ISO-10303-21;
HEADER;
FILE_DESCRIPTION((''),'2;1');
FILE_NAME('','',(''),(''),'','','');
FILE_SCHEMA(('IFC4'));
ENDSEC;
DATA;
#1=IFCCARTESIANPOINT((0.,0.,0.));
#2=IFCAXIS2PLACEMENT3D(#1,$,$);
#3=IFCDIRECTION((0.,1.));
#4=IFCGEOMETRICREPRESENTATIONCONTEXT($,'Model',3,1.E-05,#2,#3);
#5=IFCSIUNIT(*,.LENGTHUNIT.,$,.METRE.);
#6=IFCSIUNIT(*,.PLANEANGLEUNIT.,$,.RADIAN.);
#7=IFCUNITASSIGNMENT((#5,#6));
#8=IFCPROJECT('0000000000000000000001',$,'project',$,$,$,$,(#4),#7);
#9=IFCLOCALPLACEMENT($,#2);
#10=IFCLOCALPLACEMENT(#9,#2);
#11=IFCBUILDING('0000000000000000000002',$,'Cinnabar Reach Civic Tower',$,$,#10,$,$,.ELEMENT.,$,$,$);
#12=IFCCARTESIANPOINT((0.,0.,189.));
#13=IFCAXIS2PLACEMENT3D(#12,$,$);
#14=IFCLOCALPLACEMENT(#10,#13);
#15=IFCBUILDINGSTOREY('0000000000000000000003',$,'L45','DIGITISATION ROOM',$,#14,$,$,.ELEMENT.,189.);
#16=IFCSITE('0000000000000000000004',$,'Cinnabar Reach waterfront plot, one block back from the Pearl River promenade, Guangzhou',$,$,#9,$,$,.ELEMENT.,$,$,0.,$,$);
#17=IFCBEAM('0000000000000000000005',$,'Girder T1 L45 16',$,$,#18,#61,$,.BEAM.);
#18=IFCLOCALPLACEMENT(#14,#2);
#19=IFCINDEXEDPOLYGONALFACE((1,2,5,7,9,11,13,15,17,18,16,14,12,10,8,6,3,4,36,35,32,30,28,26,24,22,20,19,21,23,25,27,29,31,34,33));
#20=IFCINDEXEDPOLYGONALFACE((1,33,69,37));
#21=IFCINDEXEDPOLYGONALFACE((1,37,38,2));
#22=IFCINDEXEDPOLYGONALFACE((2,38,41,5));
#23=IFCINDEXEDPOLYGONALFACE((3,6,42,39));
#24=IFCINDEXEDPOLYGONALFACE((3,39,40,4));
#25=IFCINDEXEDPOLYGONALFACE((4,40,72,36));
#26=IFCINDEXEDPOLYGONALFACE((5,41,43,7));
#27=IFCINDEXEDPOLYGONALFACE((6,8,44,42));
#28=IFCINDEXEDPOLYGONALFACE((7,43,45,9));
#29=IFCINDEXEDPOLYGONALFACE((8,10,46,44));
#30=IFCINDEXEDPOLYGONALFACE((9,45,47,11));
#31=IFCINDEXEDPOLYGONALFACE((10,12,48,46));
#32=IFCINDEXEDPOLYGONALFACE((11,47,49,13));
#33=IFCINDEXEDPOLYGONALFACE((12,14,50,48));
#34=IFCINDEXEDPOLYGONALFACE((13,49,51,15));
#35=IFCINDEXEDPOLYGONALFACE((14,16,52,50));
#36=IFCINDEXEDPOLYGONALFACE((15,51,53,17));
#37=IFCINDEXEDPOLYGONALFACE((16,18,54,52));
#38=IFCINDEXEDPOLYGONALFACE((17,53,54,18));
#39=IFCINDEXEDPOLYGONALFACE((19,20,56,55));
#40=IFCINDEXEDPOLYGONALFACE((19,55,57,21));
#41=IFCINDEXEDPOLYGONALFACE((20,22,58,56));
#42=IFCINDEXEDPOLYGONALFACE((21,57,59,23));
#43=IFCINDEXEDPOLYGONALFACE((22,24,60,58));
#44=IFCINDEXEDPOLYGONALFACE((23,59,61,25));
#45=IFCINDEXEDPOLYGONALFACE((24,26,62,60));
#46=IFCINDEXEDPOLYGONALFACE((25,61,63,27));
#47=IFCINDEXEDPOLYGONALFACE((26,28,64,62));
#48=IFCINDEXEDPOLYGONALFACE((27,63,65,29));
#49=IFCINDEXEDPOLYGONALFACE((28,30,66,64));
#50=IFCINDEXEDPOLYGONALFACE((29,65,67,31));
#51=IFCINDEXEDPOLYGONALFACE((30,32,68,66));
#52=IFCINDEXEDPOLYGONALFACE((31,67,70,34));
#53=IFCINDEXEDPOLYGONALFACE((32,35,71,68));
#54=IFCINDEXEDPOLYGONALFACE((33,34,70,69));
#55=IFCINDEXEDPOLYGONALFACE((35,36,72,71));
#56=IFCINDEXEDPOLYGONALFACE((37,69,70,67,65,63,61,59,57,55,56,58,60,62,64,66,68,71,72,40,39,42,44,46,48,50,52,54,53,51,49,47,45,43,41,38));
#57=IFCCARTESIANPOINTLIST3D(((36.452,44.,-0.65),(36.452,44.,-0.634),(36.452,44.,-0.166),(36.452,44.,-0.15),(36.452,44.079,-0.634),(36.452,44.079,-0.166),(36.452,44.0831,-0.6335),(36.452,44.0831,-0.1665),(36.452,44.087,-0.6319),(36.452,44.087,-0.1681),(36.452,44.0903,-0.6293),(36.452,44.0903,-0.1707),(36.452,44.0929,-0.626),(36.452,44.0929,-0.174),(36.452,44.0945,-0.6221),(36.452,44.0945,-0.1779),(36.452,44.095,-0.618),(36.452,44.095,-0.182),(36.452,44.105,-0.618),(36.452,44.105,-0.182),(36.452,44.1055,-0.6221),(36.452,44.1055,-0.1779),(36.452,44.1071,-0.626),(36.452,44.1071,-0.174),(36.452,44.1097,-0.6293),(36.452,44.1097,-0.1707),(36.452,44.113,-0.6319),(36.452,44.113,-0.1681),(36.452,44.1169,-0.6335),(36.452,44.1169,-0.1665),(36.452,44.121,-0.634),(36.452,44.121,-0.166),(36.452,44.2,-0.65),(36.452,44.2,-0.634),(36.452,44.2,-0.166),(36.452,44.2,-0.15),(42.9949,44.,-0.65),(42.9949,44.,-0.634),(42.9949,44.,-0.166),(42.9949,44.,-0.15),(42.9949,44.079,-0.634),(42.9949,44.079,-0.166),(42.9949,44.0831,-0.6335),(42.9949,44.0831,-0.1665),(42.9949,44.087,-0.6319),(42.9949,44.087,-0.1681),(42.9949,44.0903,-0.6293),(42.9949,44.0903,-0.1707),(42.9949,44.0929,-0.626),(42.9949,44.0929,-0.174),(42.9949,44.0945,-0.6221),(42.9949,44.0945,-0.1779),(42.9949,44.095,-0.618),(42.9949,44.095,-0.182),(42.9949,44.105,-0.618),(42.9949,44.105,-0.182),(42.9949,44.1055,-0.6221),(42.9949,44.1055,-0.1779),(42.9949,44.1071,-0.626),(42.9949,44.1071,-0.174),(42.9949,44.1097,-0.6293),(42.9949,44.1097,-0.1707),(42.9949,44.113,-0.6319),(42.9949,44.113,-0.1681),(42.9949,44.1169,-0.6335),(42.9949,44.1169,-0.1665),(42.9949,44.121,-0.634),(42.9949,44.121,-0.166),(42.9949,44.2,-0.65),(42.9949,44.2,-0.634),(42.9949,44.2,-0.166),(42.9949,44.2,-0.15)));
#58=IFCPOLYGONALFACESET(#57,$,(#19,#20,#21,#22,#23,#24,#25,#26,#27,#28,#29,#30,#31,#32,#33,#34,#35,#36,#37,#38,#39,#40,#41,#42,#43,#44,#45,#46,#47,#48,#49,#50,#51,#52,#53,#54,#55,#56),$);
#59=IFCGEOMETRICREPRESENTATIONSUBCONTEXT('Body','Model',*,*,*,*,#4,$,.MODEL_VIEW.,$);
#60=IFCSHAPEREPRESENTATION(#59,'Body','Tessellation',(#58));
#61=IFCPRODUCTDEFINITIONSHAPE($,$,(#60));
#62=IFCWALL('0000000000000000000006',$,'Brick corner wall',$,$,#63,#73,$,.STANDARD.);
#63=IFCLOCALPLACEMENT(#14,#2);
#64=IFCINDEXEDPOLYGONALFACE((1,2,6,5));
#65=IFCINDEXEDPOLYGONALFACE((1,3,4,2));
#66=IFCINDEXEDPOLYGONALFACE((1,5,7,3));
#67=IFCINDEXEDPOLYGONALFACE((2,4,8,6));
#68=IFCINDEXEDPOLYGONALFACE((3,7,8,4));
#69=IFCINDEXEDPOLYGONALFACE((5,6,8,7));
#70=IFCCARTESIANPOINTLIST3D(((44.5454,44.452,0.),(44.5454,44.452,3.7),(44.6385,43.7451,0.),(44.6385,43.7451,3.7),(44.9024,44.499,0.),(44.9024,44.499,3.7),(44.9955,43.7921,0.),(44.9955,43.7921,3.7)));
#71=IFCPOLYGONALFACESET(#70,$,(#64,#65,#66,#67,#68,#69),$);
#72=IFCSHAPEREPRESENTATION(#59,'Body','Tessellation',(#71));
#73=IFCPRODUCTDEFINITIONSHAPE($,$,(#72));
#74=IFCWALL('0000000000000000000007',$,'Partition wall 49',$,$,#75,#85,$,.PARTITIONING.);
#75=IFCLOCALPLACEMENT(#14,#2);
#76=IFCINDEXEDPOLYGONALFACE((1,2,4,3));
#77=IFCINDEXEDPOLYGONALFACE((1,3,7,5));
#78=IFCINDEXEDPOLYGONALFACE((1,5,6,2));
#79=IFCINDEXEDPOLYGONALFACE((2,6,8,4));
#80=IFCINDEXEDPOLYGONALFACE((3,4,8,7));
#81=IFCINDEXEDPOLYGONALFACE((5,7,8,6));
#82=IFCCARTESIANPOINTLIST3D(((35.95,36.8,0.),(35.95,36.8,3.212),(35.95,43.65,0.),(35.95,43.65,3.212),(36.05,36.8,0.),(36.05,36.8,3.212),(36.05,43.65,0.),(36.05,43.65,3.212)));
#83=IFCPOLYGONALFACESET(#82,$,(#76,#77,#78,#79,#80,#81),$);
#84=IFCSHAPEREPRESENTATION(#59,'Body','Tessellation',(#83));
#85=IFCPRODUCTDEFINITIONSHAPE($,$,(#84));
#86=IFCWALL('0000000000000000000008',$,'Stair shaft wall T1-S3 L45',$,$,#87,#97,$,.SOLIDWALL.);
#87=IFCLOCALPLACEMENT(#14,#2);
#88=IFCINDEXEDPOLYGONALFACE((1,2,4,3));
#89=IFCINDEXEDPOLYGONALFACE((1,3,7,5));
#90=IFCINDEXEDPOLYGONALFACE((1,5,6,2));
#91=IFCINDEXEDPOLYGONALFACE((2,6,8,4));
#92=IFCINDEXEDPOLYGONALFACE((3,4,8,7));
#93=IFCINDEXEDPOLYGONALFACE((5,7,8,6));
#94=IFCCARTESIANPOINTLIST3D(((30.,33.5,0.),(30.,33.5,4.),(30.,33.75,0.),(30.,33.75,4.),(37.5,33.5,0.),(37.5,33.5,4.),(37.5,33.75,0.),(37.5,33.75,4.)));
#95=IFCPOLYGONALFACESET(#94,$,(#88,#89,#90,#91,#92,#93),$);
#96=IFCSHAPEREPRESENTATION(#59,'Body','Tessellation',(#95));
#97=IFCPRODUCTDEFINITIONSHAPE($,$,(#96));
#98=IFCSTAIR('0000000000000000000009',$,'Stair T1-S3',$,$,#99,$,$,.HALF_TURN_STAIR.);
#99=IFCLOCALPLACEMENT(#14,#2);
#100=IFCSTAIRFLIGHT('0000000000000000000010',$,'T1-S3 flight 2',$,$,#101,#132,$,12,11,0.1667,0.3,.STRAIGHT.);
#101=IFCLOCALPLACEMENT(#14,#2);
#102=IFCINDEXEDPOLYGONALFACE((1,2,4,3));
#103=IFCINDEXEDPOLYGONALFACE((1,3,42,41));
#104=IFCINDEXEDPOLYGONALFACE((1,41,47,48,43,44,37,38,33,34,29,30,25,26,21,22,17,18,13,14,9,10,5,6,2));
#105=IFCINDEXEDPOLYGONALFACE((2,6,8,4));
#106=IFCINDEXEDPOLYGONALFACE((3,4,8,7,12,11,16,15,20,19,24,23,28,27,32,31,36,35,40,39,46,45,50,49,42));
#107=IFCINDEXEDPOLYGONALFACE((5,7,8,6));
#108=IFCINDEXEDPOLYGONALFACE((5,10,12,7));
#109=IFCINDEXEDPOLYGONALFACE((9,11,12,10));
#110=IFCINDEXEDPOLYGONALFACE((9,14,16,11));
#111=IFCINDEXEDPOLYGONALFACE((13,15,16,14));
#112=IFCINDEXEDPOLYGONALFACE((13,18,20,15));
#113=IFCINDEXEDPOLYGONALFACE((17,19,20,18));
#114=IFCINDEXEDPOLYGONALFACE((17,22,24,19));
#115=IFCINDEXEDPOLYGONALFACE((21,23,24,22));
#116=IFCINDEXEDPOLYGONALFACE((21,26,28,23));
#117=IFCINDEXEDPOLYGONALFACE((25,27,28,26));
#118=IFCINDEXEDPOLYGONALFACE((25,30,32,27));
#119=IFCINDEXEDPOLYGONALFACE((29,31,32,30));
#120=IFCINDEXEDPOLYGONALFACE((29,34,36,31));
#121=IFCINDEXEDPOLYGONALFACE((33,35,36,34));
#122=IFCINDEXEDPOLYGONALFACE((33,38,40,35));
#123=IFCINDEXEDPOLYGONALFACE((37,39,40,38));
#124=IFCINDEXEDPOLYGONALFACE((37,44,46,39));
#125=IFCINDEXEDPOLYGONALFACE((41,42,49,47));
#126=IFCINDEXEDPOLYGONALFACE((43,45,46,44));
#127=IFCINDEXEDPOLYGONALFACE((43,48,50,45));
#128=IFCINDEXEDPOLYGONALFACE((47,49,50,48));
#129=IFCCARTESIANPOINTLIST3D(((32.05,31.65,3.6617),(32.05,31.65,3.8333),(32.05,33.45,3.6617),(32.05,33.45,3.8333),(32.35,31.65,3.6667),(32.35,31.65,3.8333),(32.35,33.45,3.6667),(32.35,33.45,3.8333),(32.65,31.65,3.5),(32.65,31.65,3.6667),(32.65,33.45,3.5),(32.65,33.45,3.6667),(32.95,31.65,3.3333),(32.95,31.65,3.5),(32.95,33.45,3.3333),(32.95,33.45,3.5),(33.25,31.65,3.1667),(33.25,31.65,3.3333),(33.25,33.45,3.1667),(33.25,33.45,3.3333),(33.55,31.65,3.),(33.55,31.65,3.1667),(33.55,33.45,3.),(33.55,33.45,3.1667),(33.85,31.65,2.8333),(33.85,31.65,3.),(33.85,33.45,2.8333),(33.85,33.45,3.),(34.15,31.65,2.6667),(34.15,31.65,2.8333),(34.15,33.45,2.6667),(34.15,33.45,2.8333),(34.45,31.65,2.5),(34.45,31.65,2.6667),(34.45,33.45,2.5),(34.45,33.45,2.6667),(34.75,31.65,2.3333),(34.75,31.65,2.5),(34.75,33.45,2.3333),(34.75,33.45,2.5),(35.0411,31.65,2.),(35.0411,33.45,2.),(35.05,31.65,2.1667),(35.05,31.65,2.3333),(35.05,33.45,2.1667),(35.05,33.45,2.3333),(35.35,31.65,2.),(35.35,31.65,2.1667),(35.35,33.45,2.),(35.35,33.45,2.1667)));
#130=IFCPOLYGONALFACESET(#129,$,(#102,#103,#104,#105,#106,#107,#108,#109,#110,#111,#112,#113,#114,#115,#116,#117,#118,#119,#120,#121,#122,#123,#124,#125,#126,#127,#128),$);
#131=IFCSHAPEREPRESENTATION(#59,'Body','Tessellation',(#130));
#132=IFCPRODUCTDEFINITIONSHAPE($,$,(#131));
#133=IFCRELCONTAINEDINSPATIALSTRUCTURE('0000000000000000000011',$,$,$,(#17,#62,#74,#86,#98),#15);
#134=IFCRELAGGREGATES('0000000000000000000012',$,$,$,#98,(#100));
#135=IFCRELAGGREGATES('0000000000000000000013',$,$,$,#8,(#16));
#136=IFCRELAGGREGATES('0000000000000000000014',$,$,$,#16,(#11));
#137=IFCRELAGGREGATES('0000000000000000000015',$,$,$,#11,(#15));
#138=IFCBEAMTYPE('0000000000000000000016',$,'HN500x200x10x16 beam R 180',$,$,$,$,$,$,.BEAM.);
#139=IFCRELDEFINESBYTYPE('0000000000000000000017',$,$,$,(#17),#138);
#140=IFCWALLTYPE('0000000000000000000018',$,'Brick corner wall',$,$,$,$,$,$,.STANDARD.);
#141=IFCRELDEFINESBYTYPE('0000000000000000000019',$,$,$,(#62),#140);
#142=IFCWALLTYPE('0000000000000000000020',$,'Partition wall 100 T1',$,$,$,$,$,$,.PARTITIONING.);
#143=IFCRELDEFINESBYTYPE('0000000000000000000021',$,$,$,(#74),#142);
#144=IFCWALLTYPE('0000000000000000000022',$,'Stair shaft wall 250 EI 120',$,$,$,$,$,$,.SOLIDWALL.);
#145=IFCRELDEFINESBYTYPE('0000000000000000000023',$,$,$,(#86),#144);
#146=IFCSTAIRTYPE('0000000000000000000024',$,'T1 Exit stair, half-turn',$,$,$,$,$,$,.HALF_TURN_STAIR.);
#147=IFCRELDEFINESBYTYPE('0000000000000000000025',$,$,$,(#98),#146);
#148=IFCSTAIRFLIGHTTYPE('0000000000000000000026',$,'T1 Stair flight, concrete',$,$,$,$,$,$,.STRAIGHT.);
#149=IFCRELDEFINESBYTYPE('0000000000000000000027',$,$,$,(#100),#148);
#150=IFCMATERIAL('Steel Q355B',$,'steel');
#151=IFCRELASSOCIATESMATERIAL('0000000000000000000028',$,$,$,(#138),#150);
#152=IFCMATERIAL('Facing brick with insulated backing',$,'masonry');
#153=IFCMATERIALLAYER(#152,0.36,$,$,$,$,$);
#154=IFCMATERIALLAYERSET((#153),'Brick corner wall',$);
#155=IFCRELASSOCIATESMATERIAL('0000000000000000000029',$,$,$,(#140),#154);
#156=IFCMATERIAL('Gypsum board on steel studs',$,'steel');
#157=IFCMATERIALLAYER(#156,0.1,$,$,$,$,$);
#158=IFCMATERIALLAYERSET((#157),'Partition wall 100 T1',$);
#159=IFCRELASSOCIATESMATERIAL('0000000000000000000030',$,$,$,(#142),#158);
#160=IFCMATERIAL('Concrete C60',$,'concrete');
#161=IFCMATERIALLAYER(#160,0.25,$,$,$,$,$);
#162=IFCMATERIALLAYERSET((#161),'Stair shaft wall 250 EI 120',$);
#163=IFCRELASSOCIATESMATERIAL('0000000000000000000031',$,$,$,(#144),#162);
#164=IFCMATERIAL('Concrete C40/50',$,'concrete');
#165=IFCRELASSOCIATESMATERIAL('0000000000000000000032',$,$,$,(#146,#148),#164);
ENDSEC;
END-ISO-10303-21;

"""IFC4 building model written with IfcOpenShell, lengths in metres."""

from ifc_helpers import new_model, si_unit, direction, frame, frame_2d, origin, origin_2d, place, context, subcontext, project, spatial, polyline, rectangle, i_section, outline, extrude, material, layer, layer_set, material_profile, profile_set, type_object, element, aggregate, save


model = new_model("IFC4")

# Units and contexts
model_context = context("Model", 3, precision=1e-05, world=origin(), true_north=direction((0.0, 1.0)))
body_context = subcontext(model_context, "Body", "Model", "MODEL_VIEW")
ifc_project = project(units=[si_unit("LENGTHUNIT", "METRE"), si_unit("PLANEANGLEUNIT", "RADIAN")], contexts=[model_context])

# Site, building, storey
site_placement = place(None, origin())
site = spatial("IfcSite", under=ifc_project, at=site_placement, Name="Cinnabar Reach waterfront plot, one block back from the Pearl River promenade, Guangzhou", CompositionType="ELEMENT", RefElevation=0.0)
building_placement = place(site_placement, origin())
building = spatial("IfcBuilding", under=site, at=building_placement, Name="Cinnabar Reach Civic Tower", CompositionType="ELEMENT")
storey_placement = place(building_placement, frame((0.0, 0.0, 189.0)))
storey = spatial("IfcBuildingStorey", under=building, at=storey_placement, Name="L45", Description="DIGITISATION ROOM", CompositionType="ELEMENT", Elevation=189.0)

# Beam
ifc_material_1 = material(Name="Steel Q355B", Category="steel")
ifc_material_profile_1 = material_profile(ifc_material_1, i_section(OverallWidth=0.2, OverallDepth=0.5, WebThickness=0.01, FlangeThickness=0.016, FilletRadius=0.016, at=origin_2d()), Name="HN500x200x10x16")
ifc_profile_set_1 = profile_set([ifc_material_profile_1], Name="Steel Q355B")
beam_type_1 = type_object("IfcBeamType", Name="HN500x200x10x16 beam R 180", PredefinedType="BEAM", material=ifc_profile_set_1)
beam_1_placement = place(storey_placement, frame((36.452, 44.1, -0.4), z_axis=(1.0, 0.0, 0.0), x_axis=(0.0, 1.0, 0.0)))
element("IfcBeam", 1, at=beam_1_placement, inside=storey, type_object=beam_type_1, Name="Girder T1 L45 16", PredefinedType="BEAM", context=body_context, shape_type="SweptSolid", body=[
    extrude(i_section(OverallWidth=0.2, OverallDepth=0.5, WebThickness=0.01, FlangeThickness=0.016, FilletRadius=0.016, at=origin_2d()), origin(), (0.0, 0.0, 1.0), 6.5429),
])

# Walls
ifc_material_2 = material(Name="Facing brick with insulated backing", Category="masonry")
ifc_layer_1 = layer(ifc_material_2, 0.36)
ifc_layer_set_1 = layer_set([ifc_layer_1], Name="Brick corner wall")
wall_type_1 = type_object("IfcWallType", Name="Brick corner wall", PredefinedType="STANDARD", material=ifc_layer_set_1)
wall_1_placement = place(storey_placement, frame((44.817, 43.7686, 0.0), z_axis=(0.0, 0.0, 1.0), x_axis=(-0.130556, 0.991441, 0.0)))
element("IfcWall", 2, at=wall_1_placement, inside=storey, type_object=wall_type_1, Name="Brick corner wall", PredefinedType="STANDARD", context=body_context, shape_type="SweptSolid", body=[
    extrude(rectangle(XDim=0.7131, YDim=0.36, at=frame_2d((0.3565, 0.0))), origin(), (0.0, 0.0, 1.0), 3.7),
])
ifc_material_3 = material(Name="Gypsum board on steel studs", Category="steel")
ifc_layer_2 = layer(ifc_material_3, 0.1)
ifc_layer_set_2 = layer_set([ifc_layer_2], Name="Partition wall 100 T1")
wall_type_2 = type_object("IfcWallType", Name="Partition wall 100 T1", PredefinedType="PARTITIONING", material=ifc_layer_set_2)
wall_2_placement = place(storey_placement, frame((36.0, 36.8, 0.0), z_axis=(0.0, 0.0, 1.0), x_axis=(0.0, 1.0, 0.0)))
element("IfcWall", 3, at=wall_2_placement, inside=storey, type_object=wall_type_2, Name="Partition wall 49", PredefinedType="PARTITIONING", context=body_context, shape_type="SweptSolid", body=[
    extrude(rectangle(XDim=6.85, YDim=0.1, at=frame_2d((3.425, 0.0))), origin(), (0.0, 0.0, 1.0), 3.212),
])
ifc_material_4 = material(Name="Concrete C60", Category="concrete")
ifc_layer_3 = layer(ifc_material_4, 0.25)
ifc_layer_set_3 = layer_set([ifc_layer_3], Name="Stair shaft wall 250 EI 120")
wall_type_3 = type_object("IfcWallType", Name="Stair shaft wall 250 EI 120", PredefinedType="SOLIDWALL", material=ifc_layer_set_3)
wall_3_placement = place(storey_placement, frame((37.5, 33.625, 0.0), z_axis=(0.0, 0.0, 1.0), x_axis=(-1.0, 0.0, 0.0)))
element("IfcWall", 4, at=wall_3_placement, inside=storey, type_object=wall_type_3, Name="Stair shaft wall T1-S3 L45", PredefinedType="SOLIDWALL", context=body_context, shape_type="SweptSolid", body=[
    extrude(rectangle(XDim=7.5, YDim=0.25, at=frame_2d((3.75, 0.0))), origin(), (0.0, 0.0, 1.0), 4.0),
])

# Stair, stair flight
ifc_material_5 = material(Name="Concrete C40/50", Category="concrete")
stair_type = type_object("IfcStairType", Name="T1 Exit stair, half-turn", PredefinedType="HALF_TURN_STAIR", material=ifc_material_5)
stair_placement = place(storey_placement, origin())
stair = element("IfcStair", 5, at=stair_placement, inside=storey, type_object=stair_type, Name="Stair T1-S3", PredefinedType="HALF_TURN_STAIR")
stair_flight_type = type_object("IfcStairFlightType", Name="T1 Stair flight, concrete", PredefinedType="STRAIGHT", material=ifc_material_5)
stair_flight_placement = place(storey_placement, frame((35.35, 32.55, 2.0), z_axis=(0.0, 0.0, 1.0), x_axis=(-1.0, 0.0, 0.0)))
stair_flight = element("IfcStairFlight", 6, at=stair_flight_placement, type_object=stair_flight_type, Name="T1-S3 flight 2", NumberOfRisers=12, NumberOfTreads=11, PredefinedType="STRAIGHT", RiserHeight=0.1667, TreadLength=0.3, context=body_context, shape_type="SweptSolid", body=[
    extrude(outline(polyline([(0.0, 0.0), (0.0, 0.1667), (0.3, 0.1667), (0.3, 0.3333), (0.6, 0.3333), (0.6, 0.5), (0.9, 0.5), (0.9, 0.6667), (1.2, 0.6667), (1.2, 0.8333), (1.5, 0.8333), (1.5, 1.0), (1.8, 1.0), (1.8, 1.1667), (2.1, 1.1667), (2.1, 1.3333), (2.4, 1.3333), (2.4, 1.5), (2.7, 1.5), (2.7, 1.6667), (3.0, 1.6667), (3.0, 1.8333), (3.3, 1.8333), (3.3, 2.0), (3.3, 1.6617), (0.3089, 0.0), (0.0, 0.0)])), frame((0.0, 0.9, 0.0), z_axis=(0.0, -1.0, 0.0), x_axis=(1.0, 0.0, 0.0)), (0.0, 0.0, 1.0), 1.8),
])
aggregate(stair, [stair_flight])

save(model, "model.ifc")
